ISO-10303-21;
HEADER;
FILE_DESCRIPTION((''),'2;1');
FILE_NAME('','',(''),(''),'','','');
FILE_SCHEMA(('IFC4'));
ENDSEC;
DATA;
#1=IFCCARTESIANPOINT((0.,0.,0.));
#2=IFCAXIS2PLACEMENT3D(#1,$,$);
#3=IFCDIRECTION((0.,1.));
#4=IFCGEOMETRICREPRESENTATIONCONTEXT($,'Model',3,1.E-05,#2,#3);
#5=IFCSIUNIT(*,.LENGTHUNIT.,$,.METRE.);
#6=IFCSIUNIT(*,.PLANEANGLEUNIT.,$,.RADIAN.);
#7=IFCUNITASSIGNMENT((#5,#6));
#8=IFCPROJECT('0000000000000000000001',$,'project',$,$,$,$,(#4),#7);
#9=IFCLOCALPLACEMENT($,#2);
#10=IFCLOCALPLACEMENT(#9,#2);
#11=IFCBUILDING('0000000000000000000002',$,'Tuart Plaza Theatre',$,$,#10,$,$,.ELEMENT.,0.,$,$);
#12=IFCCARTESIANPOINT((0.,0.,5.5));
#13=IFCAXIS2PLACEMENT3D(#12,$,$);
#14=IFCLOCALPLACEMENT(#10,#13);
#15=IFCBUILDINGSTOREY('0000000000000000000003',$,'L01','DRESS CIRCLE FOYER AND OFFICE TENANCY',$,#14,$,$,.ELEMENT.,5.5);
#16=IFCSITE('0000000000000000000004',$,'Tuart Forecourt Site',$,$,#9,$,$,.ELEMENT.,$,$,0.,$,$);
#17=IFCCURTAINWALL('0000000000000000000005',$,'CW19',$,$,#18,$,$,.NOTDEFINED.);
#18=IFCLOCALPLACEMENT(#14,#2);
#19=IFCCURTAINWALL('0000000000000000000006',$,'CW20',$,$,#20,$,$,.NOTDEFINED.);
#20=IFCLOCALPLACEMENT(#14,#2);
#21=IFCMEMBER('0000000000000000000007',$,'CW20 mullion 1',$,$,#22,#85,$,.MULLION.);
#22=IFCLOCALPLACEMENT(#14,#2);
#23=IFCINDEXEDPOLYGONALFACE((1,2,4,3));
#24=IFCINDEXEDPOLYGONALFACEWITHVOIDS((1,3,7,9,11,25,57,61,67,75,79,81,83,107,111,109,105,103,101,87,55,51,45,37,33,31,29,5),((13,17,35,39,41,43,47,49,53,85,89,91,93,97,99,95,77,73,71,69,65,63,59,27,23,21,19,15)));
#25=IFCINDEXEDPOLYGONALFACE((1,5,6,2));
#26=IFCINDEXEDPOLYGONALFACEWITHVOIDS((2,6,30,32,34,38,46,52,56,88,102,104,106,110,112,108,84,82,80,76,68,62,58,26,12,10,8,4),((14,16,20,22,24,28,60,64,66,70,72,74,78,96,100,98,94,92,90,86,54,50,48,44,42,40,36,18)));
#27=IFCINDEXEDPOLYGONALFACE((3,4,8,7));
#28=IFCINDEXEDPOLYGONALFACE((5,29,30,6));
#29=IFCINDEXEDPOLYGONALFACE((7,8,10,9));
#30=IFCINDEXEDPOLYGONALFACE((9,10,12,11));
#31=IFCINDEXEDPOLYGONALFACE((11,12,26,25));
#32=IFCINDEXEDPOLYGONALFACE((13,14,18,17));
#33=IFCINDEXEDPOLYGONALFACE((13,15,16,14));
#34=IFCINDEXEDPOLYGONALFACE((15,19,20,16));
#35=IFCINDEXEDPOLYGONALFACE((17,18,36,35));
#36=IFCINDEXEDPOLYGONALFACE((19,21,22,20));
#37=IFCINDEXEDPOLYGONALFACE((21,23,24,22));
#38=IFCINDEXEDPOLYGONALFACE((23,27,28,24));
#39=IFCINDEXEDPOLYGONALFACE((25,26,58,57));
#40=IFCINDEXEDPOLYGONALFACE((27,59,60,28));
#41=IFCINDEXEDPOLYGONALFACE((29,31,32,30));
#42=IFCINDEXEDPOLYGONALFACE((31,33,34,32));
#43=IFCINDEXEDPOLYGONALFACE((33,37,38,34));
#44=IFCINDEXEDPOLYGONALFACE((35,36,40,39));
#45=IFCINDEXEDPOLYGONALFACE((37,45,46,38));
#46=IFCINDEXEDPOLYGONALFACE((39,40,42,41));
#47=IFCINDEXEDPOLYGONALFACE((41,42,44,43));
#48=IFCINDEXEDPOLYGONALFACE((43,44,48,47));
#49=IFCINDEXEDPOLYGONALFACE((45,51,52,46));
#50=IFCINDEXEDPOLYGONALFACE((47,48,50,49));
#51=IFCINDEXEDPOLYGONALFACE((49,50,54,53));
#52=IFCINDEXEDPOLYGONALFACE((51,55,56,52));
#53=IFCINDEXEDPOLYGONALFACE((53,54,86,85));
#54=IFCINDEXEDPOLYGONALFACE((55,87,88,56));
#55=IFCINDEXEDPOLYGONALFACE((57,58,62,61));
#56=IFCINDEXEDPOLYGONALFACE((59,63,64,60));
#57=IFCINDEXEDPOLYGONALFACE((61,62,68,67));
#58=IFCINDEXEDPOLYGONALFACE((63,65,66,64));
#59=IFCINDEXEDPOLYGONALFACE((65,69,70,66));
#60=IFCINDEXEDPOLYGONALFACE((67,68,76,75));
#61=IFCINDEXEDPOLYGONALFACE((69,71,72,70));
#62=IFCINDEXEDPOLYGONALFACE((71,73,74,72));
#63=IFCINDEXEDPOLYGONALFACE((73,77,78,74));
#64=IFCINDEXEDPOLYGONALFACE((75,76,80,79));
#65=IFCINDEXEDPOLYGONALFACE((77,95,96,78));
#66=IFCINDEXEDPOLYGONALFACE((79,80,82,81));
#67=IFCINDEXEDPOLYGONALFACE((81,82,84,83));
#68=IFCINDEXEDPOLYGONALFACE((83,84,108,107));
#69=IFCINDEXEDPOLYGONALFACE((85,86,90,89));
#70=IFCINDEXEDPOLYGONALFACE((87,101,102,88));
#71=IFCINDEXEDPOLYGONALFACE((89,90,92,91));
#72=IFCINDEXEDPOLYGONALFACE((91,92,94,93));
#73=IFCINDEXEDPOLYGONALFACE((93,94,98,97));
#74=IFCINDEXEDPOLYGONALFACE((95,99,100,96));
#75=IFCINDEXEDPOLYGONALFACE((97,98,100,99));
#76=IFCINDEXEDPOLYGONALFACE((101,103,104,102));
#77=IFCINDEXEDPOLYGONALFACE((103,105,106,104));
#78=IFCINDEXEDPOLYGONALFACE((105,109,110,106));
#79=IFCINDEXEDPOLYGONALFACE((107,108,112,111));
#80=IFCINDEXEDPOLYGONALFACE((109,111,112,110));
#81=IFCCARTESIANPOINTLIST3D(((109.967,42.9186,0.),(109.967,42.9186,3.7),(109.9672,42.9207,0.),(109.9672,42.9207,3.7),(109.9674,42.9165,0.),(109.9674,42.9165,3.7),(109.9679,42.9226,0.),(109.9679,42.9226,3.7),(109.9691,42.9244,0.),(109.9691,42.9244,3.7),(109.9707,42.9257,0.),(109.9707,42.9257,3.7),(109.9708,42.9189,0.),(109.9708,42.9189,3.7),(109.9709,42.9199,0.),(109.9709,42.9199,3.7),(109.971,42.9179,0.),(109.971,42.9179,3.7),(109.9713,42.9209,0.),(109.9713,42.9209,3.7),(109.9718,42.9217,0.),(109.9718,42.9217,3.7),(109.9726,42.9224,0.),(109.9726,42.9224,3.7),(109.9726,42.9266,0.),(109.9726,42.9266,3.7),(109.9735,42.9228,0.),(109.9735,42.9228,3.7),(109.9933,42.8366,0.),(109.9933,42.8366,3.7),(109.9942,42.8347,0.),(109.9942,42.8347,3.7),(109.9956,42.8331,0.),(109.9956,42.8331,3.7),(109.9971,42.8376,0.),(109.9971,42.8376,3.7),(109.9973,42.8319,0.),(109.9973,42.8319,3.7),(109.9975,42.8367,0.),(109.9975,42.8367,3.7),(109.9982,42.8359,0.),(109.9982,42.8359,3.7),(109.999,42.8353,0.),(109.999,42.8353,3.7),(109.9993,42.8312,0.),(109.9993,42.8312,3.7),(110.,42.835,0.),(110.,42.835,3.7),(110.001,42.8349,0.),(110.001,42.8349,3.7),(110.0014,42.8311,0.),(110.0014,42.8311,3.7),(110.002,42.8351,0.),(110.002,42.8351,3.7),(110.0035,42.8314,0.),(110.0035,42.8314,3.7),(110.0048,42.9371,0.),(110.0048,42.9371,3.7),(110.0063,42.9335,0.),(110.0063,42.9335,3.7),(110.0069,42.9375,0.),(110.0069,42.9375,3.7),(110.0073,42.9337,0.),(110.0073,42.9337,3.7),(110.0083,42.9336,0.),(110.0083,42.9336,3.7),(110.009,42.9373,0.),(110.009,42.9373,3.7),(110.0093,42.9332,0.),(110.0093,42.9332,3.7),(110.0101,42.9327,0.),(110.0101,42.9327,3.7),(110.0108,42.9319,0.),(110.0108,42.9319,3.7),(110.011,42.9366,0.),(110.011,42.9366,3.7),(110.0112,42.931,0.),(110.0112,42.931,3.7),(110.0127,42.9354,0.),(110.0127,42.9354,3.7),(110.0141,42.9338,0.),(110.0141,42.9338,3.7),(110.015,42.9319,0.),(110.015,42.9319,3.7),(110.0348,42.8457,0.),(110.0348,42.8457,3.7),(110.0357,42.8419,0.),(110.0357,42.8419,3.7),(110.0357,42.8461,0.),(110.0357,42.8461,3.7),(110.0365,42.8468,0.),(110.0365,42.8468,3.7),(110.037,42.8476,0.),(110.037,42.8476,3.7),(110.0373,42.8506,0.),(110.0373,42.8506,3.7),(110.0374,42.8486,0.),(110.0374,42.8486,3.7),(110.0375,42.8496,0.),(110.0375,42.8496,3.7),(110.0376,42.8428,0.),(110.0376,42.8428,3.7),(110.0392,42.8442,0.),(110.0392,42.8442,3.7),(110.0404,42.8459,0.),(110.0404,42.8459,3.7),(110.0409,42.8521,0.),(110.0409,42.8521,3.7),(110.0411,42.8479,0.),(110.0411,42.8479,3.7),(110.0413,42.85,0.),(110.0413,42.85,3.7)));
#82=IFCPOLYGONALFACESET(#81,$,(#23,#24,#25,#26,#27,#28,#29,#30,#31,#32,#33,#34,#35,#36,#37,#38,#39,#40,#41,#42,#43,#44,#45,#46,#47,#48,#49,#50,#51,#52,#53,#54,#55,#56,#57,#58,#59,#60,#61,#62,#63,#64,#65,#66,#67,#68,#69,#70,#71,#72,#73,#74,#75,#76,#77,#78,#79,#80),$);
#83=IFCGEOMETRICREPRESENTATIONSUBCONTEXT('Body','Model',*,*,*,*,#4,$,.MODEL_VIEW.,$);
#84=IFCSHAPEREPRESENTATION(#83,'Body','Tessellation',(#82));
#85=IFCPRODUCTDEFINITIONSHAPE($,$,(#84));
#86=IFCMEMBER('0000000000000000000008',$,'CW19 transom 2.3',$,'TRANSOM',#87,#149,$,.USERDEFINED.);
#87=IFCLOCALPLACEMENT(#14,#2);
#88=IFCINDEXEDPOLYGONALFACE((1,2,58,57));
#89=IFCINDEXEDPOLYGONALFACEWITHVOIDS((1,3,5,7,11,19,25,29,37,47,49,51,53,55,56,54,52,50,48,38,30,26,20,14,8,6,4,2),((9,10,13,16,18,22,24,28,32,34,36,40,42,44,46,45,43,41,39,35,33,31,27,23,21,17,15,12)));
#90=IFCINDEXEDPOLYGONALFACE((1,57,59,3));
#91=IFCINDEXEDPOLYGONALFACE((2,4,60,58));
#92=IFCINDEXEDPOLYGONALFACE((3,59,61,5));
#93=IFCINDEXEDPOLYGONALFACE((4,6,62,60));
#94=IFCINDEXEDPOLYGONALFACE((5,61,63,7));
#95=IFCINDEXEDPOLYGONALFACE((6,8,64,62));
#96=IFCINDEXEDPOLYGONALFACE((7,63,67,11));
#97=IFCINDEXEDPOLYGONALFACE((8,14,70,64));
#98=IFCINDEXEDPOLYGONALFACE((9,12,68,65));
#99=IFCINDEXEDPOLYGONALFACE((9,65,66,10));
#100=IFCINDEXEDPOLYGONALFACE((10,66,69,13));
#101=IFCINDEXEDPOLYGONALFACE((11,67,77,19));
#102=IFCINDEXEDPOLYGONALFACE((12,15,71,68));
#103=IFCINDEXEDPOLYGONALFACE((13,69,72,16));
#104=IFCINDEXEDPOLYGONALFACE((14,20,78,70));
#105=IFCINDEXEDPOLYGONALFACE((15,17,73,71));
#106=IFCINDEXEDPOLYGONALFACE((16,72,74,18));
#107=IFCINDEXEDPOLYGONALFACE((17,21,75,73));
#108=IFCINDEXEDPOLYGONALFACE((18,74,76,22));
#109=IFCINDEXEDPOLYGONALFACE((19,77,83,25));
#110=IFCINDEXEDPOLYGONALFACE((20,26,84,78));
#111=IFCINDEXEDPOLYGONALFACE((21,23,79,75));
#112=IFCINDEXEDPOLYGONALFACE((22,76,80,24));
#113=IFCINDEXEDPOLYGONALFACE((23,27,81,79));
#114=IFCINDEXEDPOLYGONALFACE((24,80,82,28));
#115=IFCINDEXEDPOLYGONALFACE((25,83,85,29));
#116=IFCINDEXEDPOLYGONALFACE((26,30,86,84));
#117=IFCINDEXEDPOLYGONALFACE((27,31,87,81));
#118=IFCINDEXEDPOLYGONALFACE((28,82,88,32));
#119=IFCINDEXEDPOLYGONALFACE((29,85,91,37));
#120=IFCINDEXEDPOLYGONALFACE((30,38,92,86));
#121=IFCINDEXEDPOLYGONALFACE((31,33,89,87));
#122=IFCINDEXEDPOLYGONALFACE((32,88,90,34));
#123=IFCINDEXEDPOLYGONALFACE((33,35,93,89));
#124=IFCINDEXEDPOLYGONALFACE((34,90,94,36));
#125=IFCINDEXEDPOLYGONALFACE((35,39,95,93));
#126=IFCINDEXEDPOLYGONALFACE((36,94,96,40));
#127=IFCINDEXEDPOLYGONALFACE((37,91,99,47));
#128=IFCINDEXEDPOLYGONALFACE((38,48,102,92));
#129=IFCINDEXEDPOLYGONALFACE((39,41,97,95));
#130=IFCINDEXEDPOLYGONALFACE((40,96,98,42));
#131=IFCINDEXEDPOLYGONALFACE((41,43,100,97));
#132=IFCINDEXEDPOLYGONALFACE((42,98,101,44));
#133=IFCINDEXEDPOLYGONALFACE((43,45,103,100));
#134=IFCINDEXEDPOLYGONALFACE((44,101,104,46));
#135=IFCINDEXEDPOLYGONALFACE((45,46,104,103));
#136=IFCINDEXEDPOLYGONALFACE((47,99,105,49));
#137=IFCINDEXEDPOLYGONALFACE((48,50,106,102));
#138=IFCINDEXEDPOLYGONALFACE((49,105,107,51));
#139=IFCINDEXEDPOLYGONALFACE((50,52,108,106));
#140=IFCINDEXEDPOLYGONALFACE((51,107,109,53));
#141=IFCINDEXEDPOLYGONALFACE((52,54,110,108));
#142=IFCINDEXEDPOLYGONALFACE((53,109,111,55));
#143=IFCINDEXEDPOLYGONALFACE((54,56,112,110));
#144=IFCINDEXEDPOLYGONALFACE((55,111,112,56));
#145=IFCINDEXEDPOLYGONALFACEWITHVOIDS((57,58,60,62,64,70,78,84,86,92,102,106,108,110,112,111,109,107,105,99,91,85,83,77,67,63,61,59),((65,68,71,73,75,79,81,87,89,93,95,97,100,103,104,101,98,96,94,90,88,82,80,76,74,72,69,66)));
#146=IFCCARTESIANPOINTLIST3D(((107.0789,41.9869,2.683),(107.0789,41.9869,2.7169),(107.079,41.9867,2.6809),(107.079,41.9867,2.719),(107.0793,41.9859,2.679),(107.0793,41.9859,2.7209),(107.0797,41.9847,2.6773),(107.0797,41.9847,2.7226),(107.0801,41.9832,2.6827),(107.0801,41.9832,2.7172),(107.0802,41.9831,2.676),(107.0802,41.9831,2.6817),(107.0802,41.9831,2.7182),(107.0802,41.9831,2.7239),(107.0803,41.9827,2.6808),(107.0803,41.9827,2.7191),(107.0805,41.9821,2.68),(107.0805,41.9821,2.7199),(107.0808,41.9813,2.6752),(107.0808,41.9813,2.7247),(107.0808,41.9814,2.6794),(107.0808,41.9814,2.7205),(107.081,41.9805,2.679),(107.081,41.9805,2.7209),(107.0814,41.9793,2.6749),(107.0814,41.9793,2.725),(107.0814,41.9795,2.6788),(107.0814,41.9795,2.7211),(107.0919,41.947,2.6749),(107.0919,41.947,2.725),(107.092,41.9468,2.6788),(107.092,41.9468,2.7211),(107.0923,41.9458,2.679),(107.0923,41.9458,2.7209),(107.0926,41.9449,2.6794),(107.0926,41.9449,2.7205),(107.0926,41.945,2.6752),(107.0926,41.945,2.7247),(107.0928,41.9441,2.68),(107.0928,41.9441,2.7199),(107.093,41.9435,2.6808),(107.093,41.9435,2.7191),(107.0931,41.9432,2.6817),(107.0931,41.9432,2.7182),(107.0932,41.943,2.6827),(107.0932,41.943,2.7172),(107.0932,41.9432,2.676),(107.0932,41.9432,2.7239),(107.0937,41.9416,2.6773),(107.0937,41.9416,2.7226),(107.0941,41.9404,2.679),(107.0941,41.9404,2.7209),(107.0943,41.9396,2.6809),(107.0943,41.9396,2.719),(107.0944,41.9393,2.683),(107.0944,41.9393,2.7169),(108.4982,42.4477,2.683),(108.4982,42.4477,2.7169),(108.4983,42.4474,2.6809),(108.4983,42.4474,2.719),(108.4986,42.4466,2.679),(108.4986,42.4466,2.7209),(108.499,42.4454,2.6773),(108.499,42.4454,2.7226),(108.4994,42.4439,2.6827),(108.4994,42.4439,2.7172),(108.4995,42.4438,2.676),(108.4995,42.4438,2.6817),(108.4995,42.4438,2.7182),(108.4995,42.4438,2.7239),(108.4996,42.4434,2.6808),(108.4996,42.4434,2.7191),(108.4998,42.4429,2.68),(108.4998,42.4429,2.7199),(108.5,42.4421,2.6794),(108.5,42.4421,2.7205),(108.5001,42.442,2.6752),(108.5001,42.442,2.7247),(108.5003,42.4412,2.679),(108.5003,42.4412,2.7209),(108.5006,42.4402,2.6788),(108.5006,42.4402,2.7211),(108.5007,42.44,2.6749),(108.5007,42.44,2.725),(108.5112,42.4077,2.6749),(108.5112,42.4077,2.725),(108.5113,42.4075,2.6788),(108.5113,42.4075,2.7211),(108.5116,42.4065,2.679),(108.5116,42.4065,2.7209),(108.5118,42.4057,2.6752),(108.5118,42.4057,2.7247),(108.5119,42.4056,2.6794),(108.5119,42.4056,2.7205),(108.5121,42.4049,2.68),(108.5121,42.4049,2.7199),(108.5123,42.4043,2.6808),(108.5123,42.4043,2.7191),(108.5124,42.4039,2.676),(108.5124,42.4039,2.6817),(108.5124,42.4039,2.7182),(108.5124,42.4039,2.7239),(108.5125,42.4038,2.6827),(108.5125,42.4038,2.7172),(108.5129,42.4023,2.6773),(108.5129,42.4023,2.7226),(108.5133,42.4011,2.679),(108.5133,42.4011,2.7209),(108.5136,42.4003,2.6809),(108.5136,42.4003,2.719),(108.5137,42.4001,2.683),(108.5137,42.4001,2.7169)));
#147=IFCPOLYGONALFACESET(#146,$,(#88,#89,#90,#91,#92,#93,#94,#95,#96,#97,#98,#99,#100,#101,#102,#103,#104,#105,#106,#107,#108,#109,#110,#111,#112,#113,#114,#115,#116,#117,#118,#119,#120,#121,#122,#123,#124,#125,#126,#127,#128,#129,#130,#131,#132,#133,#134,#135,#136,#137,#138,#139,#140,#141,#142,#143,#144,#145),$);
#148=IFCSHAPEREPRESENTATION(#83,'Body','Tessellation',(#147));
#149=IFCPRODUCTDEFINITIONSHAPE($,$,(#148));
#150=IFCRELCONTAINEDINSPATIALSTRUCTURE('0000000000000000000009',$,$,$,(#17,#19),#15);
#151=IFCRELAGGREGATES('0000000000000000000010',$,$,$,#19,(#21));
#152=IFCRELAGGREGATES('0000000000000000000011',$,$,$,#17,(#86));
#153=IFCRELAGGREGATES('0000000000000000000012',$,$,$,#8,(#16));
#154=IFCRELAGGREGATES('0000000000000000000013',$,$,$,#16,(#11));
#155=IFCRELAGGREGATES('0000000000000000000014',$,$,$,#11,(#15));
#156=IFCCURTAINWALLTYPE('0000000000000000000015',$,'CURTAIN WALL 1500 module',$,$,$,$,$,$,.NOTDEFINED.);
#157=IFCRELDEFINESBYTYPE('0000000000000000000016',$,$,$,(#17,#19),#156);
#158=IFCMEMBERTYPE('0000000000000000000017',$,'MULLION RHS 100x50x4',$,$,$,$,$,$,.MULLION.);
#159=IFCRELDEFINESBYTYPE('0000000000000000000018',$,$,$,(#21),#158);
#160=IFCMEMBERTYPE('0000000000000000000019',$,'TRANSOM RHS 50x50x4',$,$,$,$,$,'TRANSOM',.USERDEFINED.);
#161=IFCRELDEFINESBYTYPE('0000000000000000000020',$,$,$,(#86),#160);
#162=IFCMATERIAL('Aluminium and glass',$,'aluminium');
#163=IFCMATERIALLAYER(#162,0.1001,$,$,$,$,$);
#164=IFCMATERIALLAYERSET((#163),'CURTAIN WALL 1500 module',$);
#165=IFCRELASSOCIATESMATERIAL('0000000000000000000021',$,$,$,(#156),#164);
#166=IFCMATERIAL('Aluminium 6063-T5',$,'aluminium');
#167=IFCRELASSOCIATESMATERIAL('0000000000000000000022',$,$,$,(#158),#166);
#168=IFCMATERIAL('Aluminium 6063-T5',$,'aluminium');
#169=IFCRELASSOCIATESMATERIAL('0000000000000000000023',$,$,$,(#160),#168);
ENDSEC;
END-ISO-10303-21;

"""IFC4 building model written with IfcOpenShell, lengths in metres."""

from ifc_helpers import new_model, si_unit, direction, frame, origin, origin_2d, place, context, subcontext, project, spatial, hollow_rectangle, extrude, material, layer, layer_set, material_profile, profile_set, type_object, element, aggregate, save


model = new_model("IFC4")

# Units and contexts
model_context = context("Model", 3, precision=1e-05, world=origin(), true_north=direction((0.0, 1.0)))
body_context = subcontext(model_context, "Body", "Model", "MODEL_VIEW")
ifc_project = project(units=[si_unit("LENGTHUNIT", "METRE"), si_unit("PLANEANGLEUNIT", "RADIAN")], contexts=[model_context])

# Site, building, storey
site_placement = place(None, origin())
site = spatial("IfcSite", under=ifc_project, at=site_placement, Name="Tuart Forecourt Site", CompositionType="ELEMENT", RefElevation=0.0)
building_placement = place(site_placement, origin())
building = spatial("IfcBuilding", under=site, at=building_placement, Name="Tuart Plaza Theatre", CompositionType="ELEMENT", ElevationOfRefHeight=0.0)
storey_placement = place(building_placement, frame((0.0, 0.0, 5.5)))
storey = spatial("IfcBuildingStorey", under=building, at=storey_placement, Name="L01", Description="DRESS CIRCLE FOYER AND OFFICE TENANCY", CompositionType="ELEMENT", Elevation=5.5)

# Curtain wall
ifc_material_1 = material(Name="Aluminium and glass", Category="aluminium")
ifc_layer_1 = layer(ifc_material_1, 0.1001)
ifc_layer_set_1 = layer_set([ifc_layer_1], Name="CURTAIN WALL 1500 module")
curtain_wall_type = type_object("IfcCurtainWallType", Name="CURTAIN WALL 1500 module", PredefinedType="NOTDEFINED", material=ifc_layer_set_1)
curtain_wall_1_placement = place(storey_placement, origin())
curtain_wall_1 = element("IfcCurtainWall", 1, at=curtain_wall_1_placement, inside=storey, type_object=curtain_wall_type, Name="CW19", PredefinedType="NOTDEFINED")
ifc_material_2 = material(Name="Aluminium 6063-T5", Category="aluminium")
ifc_material_profile_1 = material_profile(ifc_material_2, hollow_rectangle(XDim=0.05, YDim=0.1001, WallThickness=0.0039, InnerFilletRadius=0.0039, OuterFilletRadius=0.0081, at=origin_2d()), Name="RHS 100x50x4")
ifc_profile_set_1 = profile_set([ifc_material_profile_1], Name="Aluminium 6063-T5")
member_type_1 = type_object("IfcMemberType", Name="MULLION RHS 100x50x4", PredefinedType="MULLION", material=ifc_profile_set_1)

# Curtain wall, member
curtain_wall_2_placement = place(storey_placement, origin())
curtain_wall_2 = element("IfcCurtainWall", 2, at=curtain_wall_2_placement, inside=storey, type_object=curtain_wall_type, Name="CW20", PredefinedType="NOTDEFINED")
member_1_placement = place(storey_placement, frame((110.0042, 42.8843, 0.0), z_axis=(0.0, 0.0, 1.0), x_axis=(0.951122, 0.308815, 0.0)))
member_1 = element("IfcMember", 3, at=member_1_placement, type_object=member_type_1, Name="CW20 mullion 1", PredefinedType="MULLION", context=body_context, shape_type="SweptSolid", body=[
    extrude(hollow_rectangle(XDim=0.05, YDim=0.1001, WallThickness=0.0039, InnerFilletRadius=0.0039, OuterFilletRadius=0.0081, at=origin_2d()), origin(), (0.0, 0.0, 1.0), 3.7),
])

# Member
ifc_material_3 = material(Name="Aluminium 6063-T5", Category="aluminium")
ifc_material_profile_2 = material_profile(ifc_material_3, hollow_rectangle(XDim=0.05, YDim=0.05, WallThickness=0.0039, InnerFilletRadius=0.0039, OuterFilletRadius=0.0081, at=origin_2d()), Name="RHS 50x50x4")
ifc_profile_set_2 = profile_set([ifc_material_profile_2], Name="Aluminium 6063-T5")
member_type_2 = type_object("IfcMemberType", Name="TRANSOM RHS 50x50x4", ElementType="TRANSOM", PredefinedType="USERDEFINED", material=ifc_profile_set_2)
member_2_placement = place(storey_placement, frame((107.0867, 41.9631, 2.7), z_axis=(0.951141, 0.308757, 0.0), x_axis=(-0.308757, 0.951141, 0.0)))
member_2 = element("IfcMember", 4, at=member_2_placement, type_object=member_type_2, Name="CW19 transom 2.3", ObjectType="TRANSOM", PredefinedType="USERDEFINED", context=body_context, shape_type="SweptSolid", body=[
    extrude(hollow_rectangle(XDim=0.05, YDim=0.05, WallThickness=0.0039, InnerFilletRadius=0.0039, OuterFilletRadius=0.0081, at=origin_2d()), origin(), (0.0, 0.0, 1.0), 1.4922),
])
aggregate(curtain_wall_2, [member_1])

aggregate(curtain_wall_1, [member_2])

save(model, "model.ifc")
